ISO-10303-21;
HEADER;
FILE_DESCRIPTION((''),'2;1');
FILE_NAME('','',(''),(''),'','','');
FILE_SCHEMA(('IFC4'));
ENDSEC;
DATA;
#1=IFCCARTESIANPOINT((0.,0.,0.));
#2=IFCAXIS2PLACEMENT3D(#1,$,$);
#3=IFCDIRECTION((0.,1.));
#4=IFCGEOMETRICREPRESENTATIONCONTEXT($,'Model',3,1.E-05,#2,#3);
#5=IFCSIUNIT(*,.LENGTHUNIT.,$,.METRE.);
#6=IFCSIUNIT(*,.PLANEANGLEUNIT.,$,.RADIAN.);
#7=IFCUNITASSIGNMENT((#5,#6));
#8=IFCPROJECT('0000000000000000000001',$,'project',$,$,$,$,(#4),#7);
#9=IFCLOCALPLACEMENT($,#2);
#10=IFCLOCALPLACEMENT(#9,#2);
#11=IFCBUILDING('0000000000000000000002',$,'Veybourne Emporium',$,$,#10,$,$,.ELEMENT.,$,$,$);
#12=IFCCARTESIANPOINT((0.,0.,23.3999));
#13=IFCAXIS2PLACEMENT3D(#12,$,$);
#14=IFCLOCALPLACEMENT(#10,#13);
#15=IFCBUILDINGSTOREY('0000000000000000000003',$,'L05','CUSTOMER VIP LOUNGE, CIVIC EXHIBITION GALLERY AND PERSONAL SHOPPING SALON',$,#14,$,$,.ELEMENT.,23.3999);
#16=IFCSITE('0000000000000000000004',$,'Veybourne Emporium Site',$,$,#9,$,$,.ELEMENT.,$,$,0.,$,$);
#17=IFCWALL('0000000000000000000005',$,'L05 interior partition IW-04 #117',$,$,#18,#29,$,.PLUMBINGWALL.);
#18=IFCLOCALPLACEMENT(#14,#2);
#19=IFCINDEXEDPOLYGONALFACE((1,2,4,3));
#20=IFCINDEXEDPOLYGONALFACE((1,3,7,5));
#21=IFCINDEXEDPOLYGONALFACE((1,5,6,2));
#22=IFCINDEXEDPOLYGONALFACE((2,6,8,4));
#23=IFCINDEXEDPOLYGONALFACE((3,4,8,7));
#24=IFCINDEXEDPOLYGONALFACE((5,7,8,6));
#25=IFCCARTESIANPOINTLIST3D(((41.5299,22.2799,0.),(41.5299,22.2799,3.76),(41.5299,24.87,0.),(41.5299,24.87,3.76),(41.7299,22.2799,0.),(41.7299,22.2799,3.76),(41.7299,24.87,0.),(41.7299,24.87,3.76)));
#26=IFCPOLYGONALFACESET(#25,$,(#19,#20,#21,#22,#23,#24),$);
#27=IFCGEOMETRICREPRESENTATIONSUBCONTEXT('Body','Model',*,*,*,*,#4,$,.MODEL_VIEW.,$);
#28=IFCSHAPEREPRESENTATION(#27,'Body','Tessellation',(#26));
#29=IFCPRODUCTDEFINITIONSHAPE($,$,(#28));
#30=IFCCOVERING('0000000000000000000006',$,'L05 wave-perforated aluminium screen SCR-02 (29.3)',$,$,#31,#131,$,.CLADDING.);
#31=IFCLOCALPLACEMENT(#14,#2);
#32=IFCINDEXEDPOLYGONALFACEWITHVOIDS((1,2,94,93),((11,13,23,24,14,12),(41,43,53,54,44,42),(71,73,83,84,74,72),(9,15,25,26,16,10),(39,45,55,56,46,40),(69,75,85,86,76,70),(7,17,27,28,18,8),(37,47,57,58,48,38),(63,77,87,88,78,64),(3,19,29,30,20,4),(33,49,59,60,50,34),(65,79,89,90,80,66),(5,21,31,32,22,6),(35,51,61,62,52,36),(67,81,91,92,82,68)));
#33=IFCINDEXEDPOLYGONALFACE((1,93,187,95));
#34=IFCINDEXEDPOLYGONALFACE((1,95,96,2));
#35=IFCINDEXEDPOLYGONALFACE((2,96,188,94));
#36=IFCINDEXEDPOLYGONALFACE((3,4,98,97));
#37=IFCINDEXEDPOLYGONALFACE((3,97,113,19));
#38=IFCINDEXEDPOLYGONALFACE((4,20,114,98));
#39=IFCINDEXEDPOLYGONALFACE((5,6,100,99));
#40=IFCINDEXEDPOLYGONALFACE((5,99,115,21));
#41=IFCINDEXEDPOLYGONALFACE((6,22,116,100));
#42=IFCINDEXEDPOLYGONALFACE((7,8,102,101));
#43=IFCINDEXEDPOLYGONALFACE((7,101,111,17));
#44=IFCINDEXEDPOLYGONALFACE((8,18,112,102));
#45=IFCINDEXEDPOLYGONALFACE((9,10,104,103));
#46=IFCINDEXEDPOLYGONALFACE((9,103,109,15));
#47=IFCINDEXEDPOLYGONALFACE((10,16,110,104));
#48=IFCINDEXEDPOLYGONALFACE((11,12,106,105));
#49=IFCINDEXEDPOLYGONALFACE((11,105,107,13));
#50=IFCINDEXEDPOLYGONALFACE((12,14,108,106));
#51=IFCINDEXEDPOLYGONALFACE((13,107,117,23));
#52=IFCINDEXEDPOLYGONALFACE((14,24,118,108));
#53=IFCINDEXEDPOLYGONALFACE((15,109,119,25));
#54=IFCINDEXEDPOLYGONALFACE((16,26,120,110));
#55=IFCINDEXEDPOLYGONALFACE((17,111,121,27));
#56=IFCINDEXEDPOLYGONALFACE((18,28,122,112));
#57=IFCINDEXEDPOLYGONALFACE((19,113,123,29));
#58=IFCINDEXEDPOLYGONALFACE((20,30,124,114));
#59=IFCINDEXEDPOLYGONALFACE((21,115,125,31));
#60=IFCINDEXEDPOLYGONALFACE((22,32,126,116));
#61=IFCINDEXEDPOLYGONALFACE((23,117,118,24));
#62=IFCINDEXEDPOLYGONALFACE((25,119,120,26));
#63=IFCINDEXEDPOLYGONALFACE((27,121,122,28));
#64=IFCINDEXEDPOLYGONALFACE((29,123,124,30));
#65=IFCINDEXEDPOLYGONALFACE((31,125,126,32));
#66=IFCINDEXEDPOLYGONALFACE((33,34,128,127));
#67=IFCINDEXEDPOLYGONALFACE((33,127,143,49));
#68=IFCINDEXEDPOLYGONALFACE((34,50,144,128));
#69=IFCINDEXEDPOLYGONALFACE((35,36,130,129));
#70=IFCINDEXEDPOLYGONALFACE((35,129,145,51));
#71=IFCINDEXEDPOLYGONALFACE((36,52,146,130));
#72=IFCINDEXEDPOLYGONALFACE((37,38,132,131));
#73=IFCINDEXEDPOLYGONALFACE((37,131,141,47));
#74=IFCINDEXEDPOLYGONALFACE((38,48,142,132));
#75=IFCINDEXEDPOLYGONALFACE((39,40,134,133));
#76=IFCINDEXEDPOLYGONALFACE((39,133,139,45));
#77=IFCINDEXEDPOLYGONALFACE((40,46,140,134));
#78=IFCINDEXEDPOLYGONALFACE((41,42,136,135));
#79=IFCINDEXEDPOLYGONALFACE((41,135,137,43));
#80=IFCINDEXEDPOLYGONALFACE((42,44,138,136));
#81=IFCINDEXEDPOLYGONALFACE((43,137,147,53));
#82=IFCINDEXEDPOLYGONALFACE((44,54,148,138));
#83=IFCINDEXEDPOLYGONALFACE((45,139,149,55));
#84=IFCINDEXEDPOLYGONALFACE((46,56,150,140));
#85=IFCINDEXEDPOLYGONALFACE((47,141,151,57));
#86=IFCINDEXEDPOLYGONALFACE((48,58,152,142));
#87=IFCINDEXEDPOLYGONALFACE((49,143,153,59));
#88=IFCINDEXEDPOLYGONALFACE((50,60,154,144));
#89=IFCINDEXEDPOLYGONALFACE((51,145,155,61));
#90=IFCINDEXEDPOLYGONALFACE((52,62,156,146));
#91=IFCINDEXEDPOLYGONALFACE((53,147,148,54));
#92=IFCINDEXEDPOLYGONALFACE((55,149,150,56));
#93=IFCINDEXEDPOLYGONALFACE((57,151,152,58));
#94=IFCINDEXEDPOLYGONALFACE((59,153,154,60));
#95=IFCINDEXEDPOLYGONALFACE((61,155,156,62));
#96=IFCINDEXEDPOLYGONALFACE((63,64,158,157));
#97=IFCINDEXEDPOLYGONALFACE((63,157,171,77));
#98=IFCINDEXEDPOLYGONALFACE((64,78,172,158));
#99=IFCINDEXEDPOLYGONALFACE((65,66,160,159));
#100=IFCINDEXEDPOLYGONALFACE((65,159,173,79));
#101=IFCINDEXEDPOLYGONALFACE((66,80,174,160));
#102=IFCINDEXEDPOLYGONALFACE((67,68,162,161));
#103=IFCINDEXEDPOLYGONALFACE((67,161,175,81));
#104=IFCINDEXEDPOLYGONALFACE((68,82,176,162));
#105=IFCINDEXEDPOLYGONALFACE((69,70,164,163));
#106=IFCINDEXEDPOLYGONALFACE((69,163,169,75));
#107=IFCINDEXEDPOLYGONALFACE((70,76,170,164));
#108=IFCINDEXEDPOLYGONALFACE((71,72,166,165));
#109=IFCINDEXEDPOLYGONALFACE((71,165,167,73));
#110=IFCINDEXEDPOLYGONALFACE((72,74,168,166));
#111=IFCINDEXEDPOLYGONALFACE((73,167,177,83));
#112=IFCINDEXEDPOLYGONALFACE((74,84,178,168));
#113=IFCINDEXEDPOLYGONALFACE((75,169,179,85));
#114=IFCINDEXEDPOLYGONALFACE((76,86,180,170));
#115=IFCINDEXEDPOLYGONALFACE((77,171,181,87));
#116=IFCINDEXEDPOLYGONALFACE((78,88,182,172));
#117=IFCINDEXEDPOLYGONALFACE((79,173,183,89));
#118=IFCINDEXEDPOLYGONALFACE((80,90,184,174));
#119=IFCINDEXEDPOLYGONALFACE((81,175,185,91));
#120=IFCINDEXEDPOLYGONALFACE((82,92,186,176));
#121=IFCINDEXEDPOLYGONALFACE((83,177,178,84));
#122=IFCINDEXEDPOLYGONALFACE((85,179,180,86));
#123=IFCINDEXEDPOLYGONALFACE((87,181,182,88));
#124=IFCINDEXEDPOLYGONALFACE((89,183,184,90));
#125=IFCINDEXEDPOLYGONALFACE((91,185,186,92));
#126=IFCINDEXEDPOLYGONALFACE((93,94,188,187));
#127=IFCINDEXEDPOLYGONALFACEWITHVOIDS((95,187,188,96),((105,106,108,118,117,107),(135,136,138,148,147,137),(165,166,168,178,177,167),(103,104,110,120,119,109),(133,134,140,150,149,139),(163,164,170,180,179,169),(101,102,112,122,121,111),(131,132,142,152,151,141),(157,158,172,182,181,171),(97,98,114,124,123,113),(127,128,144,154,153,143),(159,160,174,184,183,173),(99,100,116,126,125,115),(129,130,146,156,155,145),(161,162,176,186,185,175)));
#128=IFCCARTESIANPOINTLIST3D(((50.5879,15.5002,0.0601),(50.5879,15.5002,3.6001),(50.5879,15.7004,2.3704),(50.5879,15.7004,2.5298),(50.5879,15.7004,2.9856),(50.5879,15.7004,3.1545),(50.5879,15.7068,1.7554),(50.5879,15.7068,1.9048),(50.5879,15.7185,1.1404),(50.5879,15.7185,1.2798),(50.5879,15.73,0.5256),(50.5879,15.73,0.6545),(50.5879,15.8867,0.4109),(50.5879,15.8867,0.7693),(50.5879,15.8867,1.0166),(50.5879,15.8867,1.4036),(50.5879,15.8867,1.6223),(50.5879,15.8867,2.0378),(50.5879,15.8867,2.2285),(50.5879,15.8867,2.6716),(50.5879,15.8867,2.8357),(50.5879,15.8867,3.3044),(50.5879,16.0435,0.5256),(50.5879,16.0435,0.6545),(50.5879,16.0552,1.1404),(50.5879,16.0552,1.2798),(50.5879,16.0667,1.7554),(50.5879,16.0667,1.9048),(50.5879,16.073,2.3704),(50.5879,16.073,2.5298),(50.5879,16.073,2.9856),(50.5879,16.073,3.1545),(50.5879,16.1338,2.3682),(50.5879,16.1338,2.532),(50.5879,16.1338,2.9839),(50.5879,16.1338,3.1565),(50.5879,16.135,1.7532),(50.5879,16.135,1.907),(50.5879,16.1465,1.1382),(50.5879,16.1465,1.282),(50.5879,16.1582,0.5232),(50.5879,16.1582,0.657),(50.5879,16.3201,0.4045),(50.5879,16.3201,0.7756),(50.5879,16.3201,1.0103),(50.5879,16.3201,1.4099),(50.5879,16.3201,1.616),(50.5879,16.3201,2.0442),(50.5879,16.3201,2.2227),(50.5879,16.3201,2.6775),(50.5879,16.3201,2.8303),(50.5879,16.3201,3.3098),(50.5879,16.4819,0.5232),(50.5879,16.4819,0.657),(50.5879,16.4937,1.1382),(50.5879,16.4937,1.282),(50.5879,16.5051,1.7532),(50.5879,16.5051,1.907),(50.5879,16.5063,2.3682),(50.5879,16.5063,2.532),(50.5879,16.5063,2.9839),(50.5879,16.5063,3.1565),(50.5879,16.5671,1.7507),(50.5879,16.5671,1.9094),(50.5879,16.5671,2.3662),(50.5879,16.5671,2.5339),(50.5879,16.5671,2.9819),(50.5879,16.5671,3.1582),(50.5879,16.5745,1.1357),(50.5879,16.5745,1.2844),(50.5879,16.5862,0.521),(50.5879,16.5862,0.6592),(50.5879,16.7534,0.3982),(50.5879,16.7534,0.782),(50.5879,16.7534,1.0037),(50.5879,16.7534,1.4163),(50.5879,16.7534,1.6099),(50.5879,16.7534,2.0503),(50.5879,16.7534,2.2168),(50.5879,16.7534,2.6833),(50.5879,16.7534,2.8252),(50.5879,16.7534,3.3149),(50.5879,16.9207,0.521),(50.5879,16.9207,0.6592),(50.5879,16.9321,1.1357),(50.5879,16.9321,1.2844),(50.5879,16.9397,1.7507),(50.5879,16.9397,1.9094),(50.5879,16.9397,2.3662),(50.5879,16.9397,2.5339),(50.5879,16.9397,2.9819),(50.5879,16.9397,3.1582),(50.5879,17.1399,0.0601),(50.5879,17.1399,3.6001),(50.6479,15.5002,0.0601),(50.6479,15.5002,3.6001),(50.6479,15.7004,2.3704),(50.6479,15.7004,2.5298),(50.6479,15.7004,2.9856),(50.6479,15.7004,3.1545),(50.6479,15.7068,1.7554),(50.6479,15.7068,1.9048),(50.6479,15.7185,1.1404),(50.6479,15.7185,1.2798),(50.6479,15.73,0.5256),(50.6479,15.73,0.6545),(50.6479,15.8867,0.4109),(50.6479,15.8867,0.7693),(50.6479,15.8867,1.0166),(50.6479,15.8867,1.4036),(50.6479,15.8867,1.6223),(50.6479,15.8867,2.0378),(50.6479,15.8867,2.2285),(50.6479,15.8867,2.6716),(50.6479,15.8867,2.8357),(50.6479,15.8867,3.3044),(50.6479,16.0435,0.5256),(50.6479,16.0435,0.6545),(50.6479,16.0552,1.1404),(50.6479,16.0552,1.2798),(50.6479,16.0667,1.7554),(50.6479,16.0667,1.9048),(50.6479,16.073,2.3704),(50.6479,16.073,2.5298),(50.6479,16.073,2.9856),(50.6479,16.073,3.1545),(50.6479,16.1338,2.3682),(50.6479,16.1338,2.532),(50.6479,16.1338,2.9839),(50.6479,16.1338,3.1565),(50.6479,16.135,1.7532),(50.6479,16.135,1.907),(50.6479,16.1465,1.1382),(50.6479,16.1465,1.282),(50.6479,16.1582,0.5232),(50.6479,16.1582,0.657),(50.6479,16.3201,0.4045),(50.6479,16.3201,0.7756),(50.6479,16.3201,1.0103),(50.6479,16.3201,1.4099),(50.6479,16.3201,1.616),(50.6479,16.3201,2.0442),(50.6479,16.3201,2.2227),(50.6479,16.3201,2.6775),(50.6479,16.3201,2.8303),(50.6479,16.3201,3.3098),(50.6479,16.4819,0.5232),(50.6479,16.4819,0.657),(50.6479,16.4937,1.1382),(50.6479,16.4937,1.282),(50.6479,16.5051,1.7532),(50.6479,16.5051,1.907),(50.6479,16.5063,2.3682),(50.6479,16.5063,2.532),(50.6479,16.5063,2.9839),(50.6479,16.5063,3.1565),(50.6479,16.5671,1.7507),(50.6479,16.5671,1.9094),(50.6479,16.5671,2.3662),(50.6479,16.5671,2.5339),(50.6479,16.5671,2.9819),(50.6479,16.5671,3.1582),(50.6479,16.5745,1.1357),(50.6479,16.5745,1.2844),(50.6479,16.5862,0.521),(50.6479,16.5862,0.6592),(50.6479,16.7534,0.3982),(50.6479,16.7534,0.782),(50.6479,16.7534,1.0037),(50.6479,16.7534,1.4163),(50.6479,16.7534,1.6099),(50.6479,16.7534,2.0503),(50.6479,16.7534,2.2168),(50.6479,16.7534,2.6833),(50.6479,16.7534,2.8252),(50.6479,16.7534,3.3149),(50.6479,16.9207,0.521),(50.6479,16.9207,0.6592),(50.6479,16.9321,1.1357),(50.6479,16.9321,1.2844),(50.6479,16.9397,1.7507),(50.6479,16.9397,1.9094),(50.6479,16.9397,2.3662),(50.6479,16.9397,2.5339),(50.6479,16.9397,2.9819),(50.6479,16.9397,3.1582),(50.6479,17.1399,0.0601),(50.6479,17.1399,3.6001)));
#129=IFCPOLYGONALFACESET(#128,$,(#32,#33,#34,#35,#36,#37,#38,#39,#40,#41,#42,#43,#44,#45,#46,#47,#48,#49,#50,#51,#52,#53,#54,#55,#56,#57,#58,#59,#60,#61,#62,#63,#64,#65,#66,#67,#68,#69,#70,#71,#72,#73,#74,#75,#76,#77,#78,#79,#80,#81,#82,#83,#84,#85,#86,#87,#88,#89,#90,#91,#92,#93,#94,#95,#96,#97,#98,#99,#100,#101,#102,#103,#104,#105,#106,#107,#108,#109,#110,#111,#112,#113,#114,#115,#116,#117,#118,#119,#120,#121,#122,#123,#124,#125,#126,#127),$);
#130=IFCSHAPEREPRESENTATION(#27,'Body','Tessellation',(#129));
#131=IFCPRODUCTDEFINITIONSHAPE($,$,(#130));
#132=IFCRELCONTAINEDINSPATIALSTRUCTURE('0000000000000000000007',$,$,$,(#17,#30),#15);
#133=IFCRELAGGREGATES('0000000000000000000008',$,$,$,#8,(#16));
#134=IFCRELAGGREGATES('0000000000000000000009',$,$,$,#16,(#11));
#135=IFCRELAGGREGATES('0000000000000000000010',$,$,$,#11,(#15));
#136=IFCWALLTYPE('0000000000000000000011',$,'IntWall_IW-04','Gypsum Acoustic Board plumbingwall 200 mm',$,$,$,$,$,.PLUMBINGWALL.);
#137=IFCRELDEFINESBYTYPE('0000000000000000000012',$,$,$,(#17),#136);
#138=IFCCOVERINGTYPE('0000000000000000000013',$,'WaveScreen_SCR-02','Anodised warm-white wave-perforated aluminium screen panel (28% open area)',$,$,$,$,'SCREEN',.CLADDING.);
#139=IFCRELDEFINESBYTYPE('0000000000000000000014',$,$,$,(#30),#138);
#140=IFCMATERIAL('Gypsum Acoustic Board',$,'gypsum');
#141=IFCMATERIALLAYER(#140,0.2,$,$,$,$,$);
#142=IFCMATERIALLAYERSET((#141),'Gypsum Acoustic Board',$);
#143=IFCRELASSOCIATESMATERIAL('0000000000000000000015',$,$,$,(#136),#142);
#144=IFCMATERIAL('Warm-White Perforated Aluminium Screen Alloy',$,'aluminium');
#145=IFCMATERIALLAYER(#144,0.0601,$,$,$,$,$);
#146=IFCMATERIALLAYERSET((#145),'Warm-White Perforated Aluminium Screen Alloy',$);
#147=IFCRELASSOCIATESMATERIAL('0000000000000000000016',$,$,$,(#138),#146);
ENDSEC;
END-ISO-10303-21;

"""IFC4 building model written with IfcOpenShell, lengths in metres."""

from ifc_helpers import new_model, si_unit, direction, frame, frame_2d, origin, place, context, subcontext, project, spatial, polyline, rectangle, outline, extrude, material, layer, layer_set, type_object, element, save


model = new_model("IFC4")

# Units and contexts
model_context = context("Model", 3, precision=1e-05, world=origin(), true_north=direction((0.0, 1.0)))
body_context = subcontext(model_context, "Body", "Model", "MODEL_VIEW")
ifc_project = project(units=[si_unit("LENGTHUNIT", "METRE"), si_unit("PLANEANGLEUNIT", "RADIAN")], contexts=[model_context])

# Site, building, storey
site_placement = place(None, origin())
site = spatial("IfcSite", under=ifc_project, at=site_placement, Name="Veybourne Emporium Site", CompositionType="ELEMENT", RefElevation=0.0)
building_placement = place(site_placement, origin())
building = spatial("IfcBuilding", under=site, at=building_placement, Name="Veybourne Emporium", CompositionType="ELEMENT")
storey_placement = place(building_placement, frame((0.0, 0.0, 23.3999)))
storey = spatial("IfcBuildingStorey", under=building, at=storey_placement, Name="L05", Description="CUSTOMER VIP LOUNGE, CIVIC EXHIBITION GALLERY AND PERSONAL SHOPPING SALON", CompositionType="ELEMENT", Elevation=23.3999)

# Shared definitions
ifc_material_1 = material(Name="Gypsum Acoustic Board", Category="gypsum")

# Wall
ifc_layer_1 = layer(ifc_material_1, 0.2)
ifc_layer_set_1 = layer_set([ifc_layer_1], Name="Gypsum Acoustic Board")
wall_type_1 = type_object("IfcWallType", Name="IntWall_IW-04", Description="Gypsum Acoustic Board plumbingwall 200 mm", PredefinedType="PLUMBINGWALL", material=ifc_layer_set_1)
wall_1_placement = place(storey_placement, frame((41.6299, 22.28, 0.0), z_axis=(0.0, 0.0, 1.0), x_axis=(0.0, 1.0, 0.0)))
element("IfcWall", 1, at=wall_1_placement, inside=storey, type_object=wall_type_1, Name="L05 interior partition IW-04 #117", PredefinedType="PLUMBINGWALL", context=body_context, shape_type="SweptSolid", body=[
    extrude(rectangle(XDim=2.5901, YDim=0.2, at=frame_2d((1.2949, 0.0))), origin(), (0.0, 0.0, 1.0), 3.76),
])

# Covering
ifc_material_2 = material(Name="Warm-White Perforated Aluminium Screen Alloy", Category="aluminium")
ifc_layer_2 = layer(ifc_material_2, 0.0601)
ifc_layer_set_2 = layer_set([ifc_layer_2], Name="Warm-White Perforated Aluminium Screen Alloy")
covering_type_1 = type_object("IfcCoveringType", Name="WaveScreen_SCR-02", Description="Anodised warm-white wave-perforated aluminium screen panel (28% open area)", ElementType="SCREEN", PredefinedType="CLADDING", material=ifc_layer_set_2)
covering_1_placement = place(storey_placement, frame((50.6479, 16.3201, 1.8301), z_axis=(-1.0, 0.0, 0.0), x_axis=(0.0, -1.0, 0.0)))
element("IfcCovering", 2, at=covering_1_placement, inside=storey, type_object=covering_type_1, Name="L05 wave-perforated aluminium screen SCR-02 (29.3)", PredefinedType="CLADDING", context=body_context, shape_type="SweptSolid", body=[
    extrude(outline(polyline([(-0.8198, -1.77), (0.8198, -1.77), (0.8198, 1.77), (-0.8198, 1.77), (-0.8198, -1.77)]), holes=[polyline([(-0.4333, -1.0481), (-0.2661, -1.1709), (-0.2661, -1.3091), (-0.4333, -1.4319), (-0.6006, -1.3091), (-0.6006, -1.1709), (-0.4333, -1.0481)]), polyline([(-0.4333, -0.4138), (-0.2544, -0.5457), (-0.2544, -0.6943), (-0.4333, -0.8264), (-0.6121, -0.6943), (-0.6121, -0.5457), (-0.4333, -0.4138)]), polyline([(-0.4333, 0.2202), (-0.2471, 0.0793), (-0.2471, -0.0793), (-0.4333, -0.2202), (-0.6196, -0.0793), (-0.6196, 0.0793), (-0.4333, 0.2202)]), polyline([(-0.4333, 0.8533), (-0.2471, 0.7039), (-0.2471, 0.5361), (-0.4333, 0.3867), (-0.6196, 0.5361), (-0.6196, 0.7039), (-0.4333, 0.8533)]), polyline([(-0.4333, 1.4849), (-0.2471, 1.3281), (-0.2471, 1.1519), (-0.4333, 0.9951), (-0.6196, 1.1519), (-0.6196, 1.3281), (-0.4333, 1.4849)]), polyline([(0.0, -1.0544), (0.1619, -1.1731), (0.1619, -1.3069), (0.0, -1.4255), (-0.1619, -1.3069), (-0.1619, -1.1731), (0.0, -1.0544)]), polyline([(0.0, -0.4202), (0.1736, -0.5481), (0.1736, -0.6919), (0.0, -0.8198), (-0.1736, -0.6919), (-0.1736, -0.5481), (0.0, -0.4202)]), polyline([(0.0, 0.2141), (0.1851, 0.0769), (0.1851, -0.0769), (0.0, -0.2141), (-0.1851, -0.0769), (-0.1851, 0.0769), (0.0, 0.2141)]), polyline([(0.0, 0.8474), (0.1863, 0.7019), (0.1863, 0.5381), (0.0, 0.3926), (-0.1863, 0.5381), (-0.1863, 0.7019), (0.0, 0.8474)]), polyline([(0.0, 1.4797), (0.1863, 1.3264), (0.1863, 1.1538), (0.0, 1.0002), (-0.1863, 1.1538), (-0.1863, 1.3264), (0.0, 1.4797)]), polyline([(0.4333, -1.0608), (0.5901, -1.1755), (0.5901, -1.3044), (0.4333, -1.4192), (0.2766, -1.3044), (0.2766, -1.1755), (0.4333, -1.0608)]), polyline([(0.4333, -0.4265), (0.6016, -0.5503), (0.6016, -0.6897), (0.4333, -0.8135), (0.2649, -0.6897), (0.2649, -0.5503), (0.4333, -0.4265)]), polyline([(0.4333, 0.2078), (0.6133, 0.0747), (0.6133, -0.0747), (0.4333, -0.2078), (0.2534, -0.0747), (0.2534, 0.0747), (0.4333, 0.2078)]), polyline([(0.4333, 0.8416), (0.6196, 0.6997), (0.6196, 0.5403), (0.4333, 0.3984), (0.2471, 0.5403), (0.2471, 0.6997), (0.4333, 0.8416)]), polyline([(0.4333, 1.4744), (0.6196, 1.3245), (0.6196, 1.1555), (0.4333, 1.0056), (0.2471, 1.1555), (0.2471, 1.3245), (0.4333, 1.4744)])]), origin(), (0.0, 0.0, 1.0), 0.0601),
])

save(model, "model.ifc")
